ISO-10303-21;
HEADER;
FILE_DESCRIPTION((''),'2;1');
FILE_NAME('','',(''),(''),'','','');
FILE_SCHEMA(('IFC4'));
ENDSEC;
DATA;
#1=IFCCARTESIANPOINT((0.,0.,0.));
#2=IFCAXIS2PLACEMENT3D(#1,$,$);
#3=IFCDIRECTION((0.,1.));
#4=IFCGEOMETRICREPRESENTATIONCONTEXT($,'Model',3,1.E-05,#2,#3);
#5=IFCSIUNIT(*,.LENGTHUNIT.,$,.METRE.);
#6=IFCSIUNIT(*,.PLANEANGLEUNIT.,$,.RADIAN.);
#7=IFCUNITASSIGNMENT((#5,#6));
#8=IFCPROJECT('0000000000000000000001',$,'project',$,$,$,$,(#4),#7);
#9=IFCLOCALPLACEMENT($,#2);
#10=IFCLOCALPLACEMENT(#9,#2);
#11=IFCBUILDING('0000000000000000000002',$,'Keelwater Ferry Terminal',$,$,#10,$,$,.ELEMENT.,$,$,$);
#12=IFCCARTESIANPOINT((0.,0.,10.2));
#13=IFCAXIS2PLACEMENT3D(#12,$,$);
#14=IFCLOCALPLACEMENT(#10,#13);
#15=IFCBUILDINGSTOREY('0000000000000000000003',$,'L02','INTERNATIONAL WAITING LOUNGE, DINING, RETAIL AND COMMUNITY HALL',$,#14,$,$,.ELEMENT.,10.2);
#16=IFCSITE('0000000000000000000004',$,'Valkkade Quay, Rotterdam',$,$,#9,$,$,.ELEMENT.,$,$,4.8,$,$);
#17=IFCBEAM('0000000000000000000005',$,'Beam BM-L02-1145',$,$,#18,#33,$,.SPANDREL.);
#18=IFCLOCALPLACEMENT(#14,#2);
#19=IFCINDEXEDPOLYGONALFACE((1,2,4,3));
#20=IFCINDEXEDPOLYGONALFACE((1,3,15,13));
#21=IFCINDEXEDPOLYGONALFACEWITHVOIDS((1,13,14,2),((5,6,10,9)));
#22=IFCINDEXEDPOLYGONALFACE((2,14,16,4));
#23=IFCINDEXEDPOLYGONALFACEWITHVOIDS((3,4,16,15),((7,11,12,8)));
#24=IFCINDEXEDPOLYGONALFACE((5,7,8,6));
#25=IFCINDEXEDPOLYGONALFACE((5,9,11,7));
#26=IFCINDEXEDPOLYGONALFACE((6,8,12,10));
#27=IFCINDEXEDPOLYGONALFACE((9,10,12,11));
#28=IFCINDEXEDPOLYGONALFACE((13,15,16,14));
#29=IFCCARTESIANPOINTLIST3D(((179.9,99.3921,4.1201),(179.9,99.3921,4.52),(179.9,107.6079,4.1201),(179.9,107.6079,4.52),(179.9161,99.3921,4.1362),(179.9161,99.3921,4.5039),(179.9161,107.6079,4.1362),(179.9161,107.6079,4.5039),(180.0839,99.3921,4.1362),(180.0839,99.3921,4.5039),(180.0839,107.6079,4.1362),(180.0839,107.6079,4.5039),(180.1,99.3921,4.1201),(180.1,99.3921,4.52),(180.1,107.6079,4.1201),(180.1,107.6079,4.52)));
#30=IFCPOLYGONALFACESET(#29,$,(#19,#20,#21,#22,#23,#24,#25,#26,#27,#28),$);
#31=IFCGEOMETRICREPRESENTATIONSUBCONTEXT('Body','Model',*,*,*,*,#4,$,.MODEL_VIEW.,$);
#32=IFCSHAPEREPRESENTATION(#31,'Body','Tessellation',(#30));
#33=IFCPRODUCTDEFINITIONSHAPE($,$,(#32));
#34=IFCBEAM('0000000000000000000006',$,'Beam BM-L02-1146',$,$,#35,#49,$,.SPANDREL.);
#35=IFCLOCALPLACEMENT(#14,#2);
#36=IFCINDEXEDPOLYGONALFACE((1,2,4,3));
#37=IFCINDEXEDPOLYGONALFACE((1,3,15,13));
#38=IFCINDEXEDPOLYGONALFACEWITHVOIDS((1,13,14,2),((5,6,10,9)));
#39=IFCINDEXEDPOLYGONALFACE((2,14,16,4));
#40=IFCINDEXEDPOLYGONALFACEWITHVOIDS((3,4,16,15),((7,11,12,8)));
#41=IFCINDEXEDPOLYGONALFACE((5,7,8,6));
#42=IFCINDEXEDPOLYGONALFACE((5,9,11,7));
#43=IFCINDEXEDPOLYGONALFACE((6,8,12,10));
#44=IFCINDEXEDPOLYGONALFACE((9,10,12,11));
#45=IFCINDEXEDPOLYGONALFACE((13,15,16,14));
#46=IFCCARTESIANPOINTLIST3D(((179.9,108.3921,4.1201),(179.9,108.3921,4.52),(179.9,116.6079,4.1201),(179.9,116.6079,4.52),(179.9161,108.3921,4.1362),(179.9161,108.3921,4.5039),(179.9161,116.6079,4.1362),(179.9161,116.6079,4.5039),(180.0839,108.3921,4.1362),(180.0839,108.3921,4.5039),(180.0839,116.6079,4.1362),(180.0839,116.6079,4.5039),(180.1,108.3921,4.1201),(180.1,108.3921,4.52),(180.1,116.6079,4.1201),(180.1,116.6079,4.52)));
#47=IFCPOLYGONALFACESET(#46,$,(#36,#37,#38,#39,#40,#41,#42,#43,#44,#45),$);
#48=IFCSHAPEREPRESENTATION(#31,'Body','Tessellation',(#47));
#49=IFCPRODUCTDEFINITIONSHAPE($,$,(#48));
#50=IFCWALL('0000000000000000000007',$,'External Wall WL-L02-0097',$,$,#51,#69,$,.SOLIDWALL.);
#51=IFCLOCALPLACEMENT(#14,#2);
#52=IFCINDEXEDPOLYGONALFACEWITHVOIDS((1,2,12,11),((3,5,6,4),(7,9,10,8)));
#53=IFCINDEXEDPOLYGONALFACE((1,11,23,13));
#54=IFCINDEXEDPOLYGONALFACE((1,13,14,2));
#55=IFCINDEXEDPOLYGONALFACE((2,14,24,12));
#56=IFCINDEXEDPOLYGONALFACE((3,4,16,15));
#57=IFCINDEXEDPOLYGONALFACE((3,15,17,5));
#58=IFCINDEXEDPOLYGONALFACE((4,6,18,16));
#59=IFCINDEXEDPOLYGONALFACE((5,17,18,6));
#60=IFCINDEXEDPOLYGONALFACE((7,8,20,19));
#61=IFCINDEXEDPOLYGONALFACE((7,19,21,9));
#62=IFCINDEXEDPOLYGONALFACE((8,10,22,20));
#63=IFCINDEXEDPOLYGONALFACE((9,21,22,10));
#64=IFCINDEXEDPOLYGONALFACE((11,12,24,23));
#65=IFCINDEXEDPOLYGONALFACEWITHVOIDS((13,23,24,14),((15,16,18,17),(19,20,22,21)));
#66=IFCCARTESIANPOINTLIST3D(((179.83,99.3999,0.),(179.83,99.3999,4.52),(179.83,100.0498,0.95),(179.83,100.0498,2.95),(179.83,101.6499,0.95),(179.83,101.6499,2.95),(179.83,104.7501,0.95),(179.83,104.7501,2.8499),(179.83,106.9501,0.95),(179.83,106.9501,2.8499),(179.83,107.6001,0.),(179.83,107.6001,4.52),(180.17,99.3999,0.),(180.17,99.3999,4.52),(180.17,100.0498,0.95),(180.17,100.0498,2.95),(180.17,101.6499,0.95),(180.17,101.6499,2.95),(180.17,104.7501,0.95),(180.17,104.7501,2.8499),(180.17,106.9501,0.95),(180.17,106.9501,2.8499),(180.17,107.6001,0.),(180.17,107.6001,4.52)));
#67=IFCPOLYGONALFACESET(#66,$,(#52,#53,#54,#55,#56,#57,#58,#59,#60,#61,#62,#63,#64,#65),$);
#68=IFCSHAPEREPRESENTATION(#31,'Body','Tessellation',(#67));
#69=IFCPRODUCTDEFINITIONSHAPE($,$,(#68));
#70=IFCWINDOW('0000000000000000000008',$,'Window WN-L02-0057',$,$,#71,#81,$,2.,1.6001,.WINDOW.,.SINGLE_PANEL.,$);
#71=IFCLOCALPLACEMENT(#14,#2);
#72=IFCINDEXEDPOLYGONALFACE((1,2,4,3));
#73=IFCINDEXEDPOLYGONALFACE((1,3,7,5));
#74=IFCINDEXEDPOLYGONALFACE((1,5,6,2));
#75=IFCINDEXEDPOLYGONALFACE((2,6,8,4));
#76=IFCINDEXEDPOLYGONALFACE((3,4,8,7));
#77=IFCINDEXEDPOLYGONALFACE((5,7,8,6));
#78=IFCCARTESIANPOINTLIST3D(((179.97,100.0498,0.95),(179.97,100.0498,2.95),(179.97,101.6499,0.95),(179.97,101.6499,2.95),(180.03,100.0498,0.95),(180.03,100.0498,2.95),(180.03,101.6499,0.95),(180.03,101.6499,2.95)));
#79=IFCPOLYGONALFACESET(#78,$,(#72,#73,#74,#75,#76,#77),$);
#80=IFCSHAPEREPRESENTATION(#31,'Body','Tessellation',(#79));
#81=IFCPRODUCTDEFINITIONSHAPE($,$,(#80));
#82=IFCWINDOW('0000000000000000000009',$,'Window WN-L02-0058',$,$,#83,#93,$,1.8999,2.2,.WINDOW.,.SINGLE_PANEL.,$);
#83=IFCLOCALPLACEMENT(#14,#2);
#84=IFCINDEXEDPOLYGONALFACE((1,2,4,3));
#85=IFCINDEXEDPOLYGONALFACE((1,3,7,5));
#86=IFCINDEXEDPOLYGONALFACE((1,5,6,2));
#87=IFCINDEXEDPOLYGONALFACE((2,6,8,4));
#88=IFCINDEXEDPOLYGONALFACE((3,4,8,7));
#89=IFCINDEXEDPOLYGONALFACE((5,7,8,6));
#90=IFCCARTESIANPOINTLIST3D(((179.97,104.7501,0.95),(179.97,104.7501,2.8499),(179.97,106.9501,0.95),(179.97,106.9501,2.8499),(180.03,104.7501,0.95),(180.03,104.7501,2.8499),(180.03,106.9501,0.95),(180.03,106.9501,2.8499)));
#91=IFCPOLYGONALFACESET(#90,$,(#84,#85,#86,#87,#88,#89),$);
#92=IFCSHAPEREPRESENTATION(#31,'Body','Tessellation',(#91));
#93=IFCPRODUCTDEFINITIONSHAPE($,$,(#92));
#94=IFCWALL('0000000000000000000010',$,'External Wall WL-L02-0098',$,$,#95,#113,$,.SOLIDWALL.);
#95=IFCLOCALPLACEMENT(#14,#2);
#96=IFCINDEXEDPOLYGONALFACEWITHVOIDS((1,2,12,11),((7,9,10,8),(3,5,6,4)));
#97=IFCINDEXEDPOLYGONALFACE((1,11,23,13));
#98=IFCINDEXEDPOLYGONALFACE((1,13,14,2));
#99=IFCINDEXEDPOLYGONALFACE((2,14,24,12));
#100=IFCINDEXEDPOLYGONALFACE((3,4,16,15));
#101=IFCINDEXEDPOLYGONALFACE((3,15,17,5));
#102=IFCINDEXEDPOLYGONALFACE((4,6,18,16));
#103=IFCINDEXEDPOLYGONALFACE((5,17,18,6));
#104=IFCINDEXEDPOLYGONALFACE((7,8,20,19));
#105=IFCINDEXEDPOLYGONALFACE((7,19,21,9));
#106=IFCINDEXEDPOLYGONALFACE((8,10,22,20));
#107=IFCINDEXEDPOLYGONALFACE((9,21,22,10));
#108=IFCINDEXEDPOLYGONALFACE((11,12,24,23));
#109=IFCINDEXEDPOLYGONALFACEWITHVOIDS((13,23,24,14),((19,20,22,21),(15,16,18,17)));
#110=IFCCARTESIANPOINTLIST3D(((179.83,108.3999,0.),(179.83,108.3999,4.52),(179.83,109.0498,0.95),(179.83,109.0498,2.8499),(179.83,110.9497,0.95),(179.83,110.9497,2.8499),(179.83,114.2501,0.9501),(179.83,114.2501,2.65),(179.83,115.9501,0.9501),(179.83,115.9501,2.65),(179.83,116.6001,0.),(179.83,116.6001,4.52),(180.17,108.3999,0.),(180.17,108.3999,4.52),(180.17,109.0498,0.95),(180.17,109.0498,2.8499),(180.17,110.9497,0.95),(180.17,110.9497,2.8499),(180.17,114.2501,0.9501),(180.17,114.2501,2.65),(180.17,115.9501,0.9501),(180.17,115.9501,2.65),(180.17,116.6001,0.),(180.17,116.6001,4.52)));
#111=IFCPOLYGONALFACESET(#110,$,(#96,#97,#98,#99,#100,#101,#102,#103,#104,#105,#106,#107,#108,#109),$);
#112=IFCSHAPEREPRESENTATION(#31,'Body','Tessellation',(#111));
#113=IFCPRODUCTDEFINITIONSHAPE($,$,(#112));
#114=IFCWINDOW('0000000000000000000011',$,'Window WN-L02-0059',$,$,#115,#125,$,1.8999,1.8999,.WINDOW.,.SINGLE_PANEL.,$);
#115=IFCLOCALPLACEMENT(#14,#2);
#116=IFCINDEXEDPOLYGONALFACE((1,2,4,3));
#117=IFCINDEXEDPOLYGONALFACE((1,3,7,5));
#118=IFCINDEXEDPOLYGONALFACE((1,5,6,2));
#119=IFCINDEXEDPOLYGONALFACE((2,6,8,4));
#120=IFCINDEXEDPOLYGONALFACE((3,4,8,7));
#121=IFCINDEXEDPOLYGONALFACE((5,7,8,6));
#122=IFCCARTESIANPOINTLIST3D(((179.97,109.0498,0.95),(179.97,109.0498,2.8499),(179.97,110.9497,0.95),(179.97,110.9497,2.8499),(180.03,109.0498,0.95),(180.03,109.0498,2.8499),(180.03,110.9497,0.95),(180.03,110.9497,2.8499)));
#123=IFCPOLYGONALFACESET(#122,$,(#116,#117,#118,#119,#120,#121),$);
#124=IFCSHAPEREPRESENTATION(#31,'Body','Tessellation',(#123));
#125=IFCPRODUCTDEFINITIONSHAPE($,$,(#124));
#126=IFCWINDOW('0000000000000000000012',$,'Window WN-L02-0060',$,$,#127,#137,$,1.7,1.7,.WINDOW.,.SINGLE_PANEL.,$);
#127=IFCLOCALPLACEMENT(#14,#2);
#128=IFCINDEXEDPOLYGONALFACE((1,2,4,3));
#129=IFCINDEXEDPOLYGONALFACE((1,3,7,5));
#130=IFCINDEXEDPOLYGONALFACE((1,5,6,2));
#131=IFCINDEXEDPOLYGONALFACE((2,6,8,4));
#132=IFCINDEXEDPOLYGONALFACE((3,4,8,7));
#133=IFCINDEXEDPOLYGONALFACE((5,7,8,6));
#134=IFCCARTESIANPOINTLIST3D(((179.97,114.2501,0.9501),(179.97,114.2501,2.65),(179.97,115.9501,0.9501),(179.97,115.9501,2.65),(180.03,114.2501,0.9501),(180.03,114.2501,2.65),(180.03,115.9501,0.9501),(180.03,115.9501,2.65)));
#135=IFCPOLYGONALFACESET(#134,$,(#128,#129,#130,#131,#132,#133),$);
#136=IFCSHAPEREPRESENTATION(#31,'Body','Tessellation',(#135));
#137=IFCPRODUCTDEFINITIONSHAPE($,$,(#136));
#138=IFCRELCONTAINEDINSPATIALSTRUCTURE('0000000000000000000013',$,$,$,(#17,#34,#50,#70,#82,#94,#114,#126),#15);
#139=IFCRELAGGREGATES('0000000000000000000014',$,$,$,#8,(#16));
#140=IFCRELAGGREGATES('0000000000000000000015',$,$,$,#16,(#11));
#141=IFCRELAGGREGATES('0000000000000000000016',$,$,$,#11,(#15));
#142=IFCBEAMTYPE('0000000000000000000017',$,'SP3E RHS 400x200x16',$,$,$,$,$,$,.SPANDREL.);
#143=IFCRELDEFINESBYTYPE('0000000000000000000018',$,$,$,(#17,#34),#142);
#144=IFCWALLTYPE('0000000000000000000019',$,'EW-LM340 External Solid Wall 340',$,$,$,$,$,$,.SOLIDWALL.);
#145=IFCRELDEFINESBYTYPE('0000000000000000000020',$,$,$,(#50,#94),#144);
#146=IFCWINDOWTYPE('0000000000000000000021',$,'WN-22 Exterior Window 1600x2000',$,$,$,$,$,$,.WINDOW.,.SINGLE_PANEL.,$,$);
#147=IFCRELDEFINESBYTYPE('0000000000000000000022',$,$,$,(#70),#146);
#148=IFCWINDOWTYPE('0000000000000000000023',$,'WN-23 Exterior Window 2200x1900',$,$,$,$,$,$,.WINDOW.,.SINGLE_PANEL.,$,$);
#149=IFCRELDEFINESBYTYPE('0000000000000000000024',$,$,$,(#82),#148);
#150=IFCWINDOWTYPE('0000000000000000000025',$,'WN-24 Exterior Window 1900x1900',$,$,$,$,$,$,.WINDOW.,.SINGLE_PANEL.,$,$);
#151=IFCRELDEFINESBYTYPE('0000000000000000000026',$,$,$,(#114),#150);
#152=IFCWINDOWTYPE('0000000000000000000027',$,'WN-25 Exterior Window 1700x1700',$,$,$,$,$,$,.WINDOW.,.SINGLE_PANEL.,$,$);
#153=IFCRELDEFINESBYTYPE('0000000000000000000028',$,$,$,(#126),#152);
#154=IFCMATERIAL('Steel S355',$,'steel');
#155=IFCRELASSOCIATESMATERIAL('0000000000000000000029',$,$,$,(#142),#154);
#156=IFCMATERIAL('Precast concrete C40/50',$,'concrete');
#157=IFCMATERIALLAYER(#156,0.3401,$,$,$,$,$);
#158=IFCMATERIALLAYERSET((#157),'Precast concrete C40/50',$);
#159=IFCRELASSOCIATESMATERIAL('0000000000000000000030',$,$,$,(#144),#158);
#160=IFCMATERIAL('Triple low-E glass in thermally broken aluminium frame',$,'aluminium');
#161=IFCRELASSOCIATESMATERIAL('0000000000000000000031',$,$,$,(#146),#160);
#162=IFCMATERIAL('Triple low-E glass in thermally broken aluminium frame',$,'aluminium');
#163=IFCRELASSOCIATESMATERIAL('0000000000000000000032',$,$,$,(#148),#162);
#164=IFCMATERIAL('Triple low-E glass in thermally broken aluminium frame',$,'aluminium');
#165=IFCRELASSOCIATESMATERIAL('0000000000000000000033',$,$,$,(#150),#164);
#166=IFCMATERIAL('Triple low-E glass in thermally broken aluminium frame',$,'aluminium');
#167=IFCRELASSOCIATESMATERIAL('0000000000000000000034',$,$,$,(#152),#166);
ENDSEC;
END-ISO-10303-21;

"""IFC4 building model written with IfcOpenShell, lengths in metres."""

from ifc_helpers import new_model, si_unit, direction, frame, frame_2d, origin, origin_2d, place, context, subcontext, project, spatial, rectangle, hollow_rectangle, extrude, material, layer, layer_set, material_profile, profile_set, type_object, element, fill, save


model = new_model("IFC4")

# Units and contexts
model_context = context("Model", 3, precision=1e-05, world=origin(), true_north=direction((0.0, 1.0)))
body_context = subcontext(model_context, "Body", "Model", "MODEL_VIEW")
ifc_project = project(units=[si_unit("LENGTHUNIT", "METRE"), si_unit("PLANEANGLEUNIT", "RADIAN")], contexts=[model_context])

# Site, building, storey
site_placement = place(None, origin())
site = spatial("IfcSite", under=ifc_project, at=site_placement, Name="Valkkade Quay, Rotterdam", CompositionType="ELEMENT", RefElevation=4.8)
building_placement = place(site_placement, origin())
building = spatial("IfcBuilding", under=site, at=building_placement, Name="Keelwater Ferry Terminal", CompositionType="ELEMENT")
storey_placement = place(building_placement, frame((0.0, 0.0, 10.2)))
storey = spatial("IfcBuildingStorey", under=building, at=storey_placement, Name="L02", Description="INTERNATIONAL WAITING LOUNGE, DINING, RETAIL AND COMMUNITY HALL", CompositionType="ELEMENT", Elevation=10.2)

# Beams
ifc_material_1 = material(Name="Steel S355", Category="steel")
ifc_material_profile_1 = material_profile(ifc_material_1, hollow_rectangle(XDim=0.2, YDim=0.3999, WallThickness=0.0161, at=origin_2d()), Name="RHS 400x200x16")
ifc_profile_set_1 = profile_set([ifc_material_profile_1], Name="Steel S355")
beam_type_1 = type_object("IfcBeamType", Name="SP3E RHS 400x200x16", PredefinedType="SPANDREL", material=ifc_profile_set_1)
for number, where, z_axis, x_axis, name in (
    (1, (180.0, 99.3921, 4.3201), (0.0, 1.0, 0.0), (-1.0, 0.0, 0.0), "Beam BM-L02-1145"),
    (2, (180.0, 108.3921, 4.3201), (0.0, 1.0, 0.0), (-1.0, 0.0, 0.0), "Beam BM-L02-1146"),
):
    element("IfcBeam", number, at=place(storey_placement, frame(where, z_axis=z_axis, x_axis=x_axis)), inside=storey, type_object=beam_type_1, Name=name, PredefinedType="SPANDREL", context=body_context, shape_type="SweptSolid", body=[
        extrude(hollow_rectangle(XDim=0.2, YDim=0.3999, WallThickness=0.0161, at=origin_2d()), origin(), (0.0, 0.0, 1.0), 8.2158),
    ])

# Walls, openings, windows
ifc_material_2 = material(Name="Precast concrete C40/50", Category="concrete")
ifc_layer = layer(ifc_material_2, 0.3401)
ifc_layer_set = layer_set([ifc_layer], Name="Precast concrete C40/50")
wall_type = type_object("IfcWallType", Name="EW-LM340 External Solid Wall 340", PredefinedType="SOLIDWALL", material=ifc_layer_set)
wall_1_placement = place(storey_placement, frame((180.0, 99.3999, 0.0), z_axis=(0.0, 0.0, 1.0), x_axis=(0.0, 1.0, 0.0)))
wall_1 = element("IfcWall", 3, at=wall_1_placement, inside=storey, type_object=wall_type, Name="External Wall WL-L02-0097", PredefinedType="SOLIDWALL", context=body_context, shape_type="SweptSolid", body=[
    extrude(rectangle(XDim=8.2002, YDim=0.3401, at=frame_2d((4.1001, 0.0))), origin(), (0.0, 0.0, 1.0), 4.52),
])
opening_1_placement = place(wall_1_placement, frame((0.6499, 0.0, 0.95)))
opening_1 = element("IfcOpeningElement", 4, at=opening_1_placement, cuts=wall_1, PredefinedType="OPENING", context=body_context, shape_type="SweptSolid", body=[
    extrude(rectangle(XDim=1.6001, YDim=2.0, at=frame_2d((0.8, 1.0))), frame((0.0, 0.1799, 0.0), z_axis=(0.0, -1.0, 0.0), x_axis=(1.0, 0.0, 0.0)), (0.0, 0.0, 1.0), 0.3601),
])
opening_2_placement = place(wall_1_placement, frame((5.3501, 0.0, 0.95)))
opening_2 = element("IfcOpeningElement", 5, at=opening_2_placement, cuts=wall_1, PredefinedType="OPENING", context=body_context, shape_type="SweptSolid", body=[
    extrude(rectangle(XDim=2.2, YDim=1.8999, at=frame_2d((1.1001, 0.95))), frame((0.0, 0.1799, 0.0), z_axis=(0.0, -1.0, 0.0), x_axis=(1.0, 0.0, 0.0)), (0.0, 0.0, 1.0), 0.3601),
])
ifc_material_3 = material(Name="Triple low-E glass in thermally broken aluminium frame", Category="aluminium")
window_type_1 = type_object("IfcWindowType", Name="WN-22 Exterior Window 1600x2000", PartitioningType="SINGLE_PANEL", PredefinedType="WINDOW", material=ifc_material_3)
window_1_placement = place(opening_1_placement, origin())
window_1 = element("IfcWindow", 6, at=window_1_placement, inside=storey, type_object=window_type_1, Name="Window WN-L02-0057", OverallHeight=2.0, OverallWidth=1.6001, PartitioningType="SINGLE_PANEL", PredefinedType="WINDOW", context=body_context, shape_type="SweptSolid", body=[
    extrude(rectangle(XDim=1.6001, YDim=2.0, at=frame_2d((0.8, 1.0))), frame((0.0, 0.03, 0.0), z_axis=(0.0, -1.0, 0.0), x_axis=(1.0, 0.0, 0.0)), (0.0, 0.0, 1.0), 0.0601),
])
fill(opening_1, window_1)
ifc_material_4 = material(Name="Triple low-E glass in thermally broken aluminium frame", Category="aluminium")
window_type_2 = type_object("IfcWindowType", Name="WN-23 Exterior Window 2200x1900", PartitioningType="SINGLE_PANEL", PredefinedType="WINDOW", material=ifc_material_4)
window_2_placement = place(opening_2_placement, origin())
window_2 = element("IfcWindow", 7, at=window_2_placement, inside=storey, type_object=window_type_2, Name="Window WN-L02-0058", OverallHeight=1.8999, OverallWidth=2.2, PartitioningType="SINGLE_PANEL", PredefinedType="WINDOW", context=body_context, shape_type="SweptSolid", body=[
    extrude(rectangle(XDim=2.2, YDim=1.8999, at=frame_2d((1.1001, 0.95))), frame((0.0, 0.03, 0.0), z_axis=(0.0, -1.0, 0.0), x_axis=(1.0, 0.0, 0.0)), (0.0, 0.0, 1.0), 0.0601),
])
fill(opening_2, window_2)
wall_2_placement = place(storey_placement, frame((180.0, 108.3999, 0.0), z_axis=(0.0, 0.0, 1.0), x_axis=(0.0, 1.0, 0.0)))
wall_2 = element("IfcWall", 8, at=wall_2_placement, inside=storey, type_object=wall_type, Name="External Wall WL-L02-0098", PredefinedType="SOLIDWALL", context=body_context, shape_type="SweptSolid", body=[
    extrude(rectangle(XDim=8.2002, YDim=0.3401, at=frame_2d((4.1001, 0.0))), origin(), (0.0, 0.0, 1.0), 4.52),
])
opening_3_placement = place(wall_2_placement, frame((0.6499, 0.0, 0.95)))
opening_3 = element("IfcOpeningElement", 9, at=opening_3_placement, cuts=wall_2, PredefinedType="OPENING", context=body_context, shape_type="SweptSolid", body=[
    extrude(rectangle(XDim=1.8999, YDim=1.8999, at=frame_2d((0.95, 0.95))), frame((0.0, 0.1799, 0.0), z_axis=(0.0, -1.0, 0.0), x_axis=(1.0, 0.0, 0.0)), (0.0, 0.0, 1.0), 0.3601),
])
opening_4_placement = place(wall_2_placement, frame((5.8501, 0.0, 0.95)))
opening_4 = element("IfcOpeningElement", 10, at=opening_4_placement, cuts=wall_2, PredefinedType="OPENING", context=body_context, shape_type="SweptSolid", body=[
    extrude(rectangle(XDim=1.7, YDim=1.7, at=frame_2d((0.8501, 0.8501))), frame((0.0, 0.1799, 0.0), z_axis=(0.0, -1.0, 0.0), x_axis=(1.0, 0.0, 0.0)), (0.0, 0.0, 1.0), 0.3601),
])
ifc_material_5 = material(Name="Triple low-E glass in thermally broken aluminium frame", Category="aluminium")
window_type_3 = type_object("IfcWindowType", Name="WN-24 Exterior Window 1900x1900", PartitioningType="SINGLE_PANEL", PredefinedType="WINDOW", material=ifc_material_5)
window_3_placement = place(opening_3_placement, origin())
window_3 = element("IfcWindow", 11, at=window_3_placement, inside=storey, type_object=window_type_3, Name="Window WN-L02-0059", OverallHeight=1.8999, OverallWidth=1.8999, PartitioningType="SINGLE_PANEL", PredefinedType="WINDOW", context=body_context, shape_type="SweptSolid", body=[
    extrude(rectangle(XDim=1.8999, YDim=1.8999, at=frame_2d((0.95, 0.95))), frame((0.0, 0.03, 0.0), z_axis=(0.0, -1.0, 0.0), x_axis=(1.0, 0.0, 0.0)), (0.0, 0.0, 1.0), 0.0601),
])
fill(opening_3, window_3)
ifc_material_6 = material(Name="Triple low-E glass in thermally broken aluminium frame", Category="aluminium")
window_type_4 = type_object("IfcWindowType", Name="WN-25 Exterior Window 1700x1700", PartitioningType="SINGLE_PANEL", PredefinedType="WINDOW", material=ifc_material_6)
window_4_placement = place(opening_4_placement, origin())
window_4 = element("IfcWindow", 12, at=window_4_placement, inside=storey, type_object=window_type_4, Name="Window WN-L02-0060", OverallHeight=1.7, OverallWidth=1.7, PartitioningType="SINGLE_PANEL", PredefinedType="WINDOW", context=body_context, shape_type="SweptSolid", body=[
    extrude(rectangle(XDim=1.7, YDim=1.7, at=frame_2d((0.8501, 0.8501))), frame((0.0, 0.03, 0.0), z_axis=(0.0, -1.0, 0.0), x_axis=(1.0, 0.0, 0.0)), (0.0, 0.0, 1.0), 0.0601),
])
fill(opening_4, window_4)

save(model, "model.ifc")
